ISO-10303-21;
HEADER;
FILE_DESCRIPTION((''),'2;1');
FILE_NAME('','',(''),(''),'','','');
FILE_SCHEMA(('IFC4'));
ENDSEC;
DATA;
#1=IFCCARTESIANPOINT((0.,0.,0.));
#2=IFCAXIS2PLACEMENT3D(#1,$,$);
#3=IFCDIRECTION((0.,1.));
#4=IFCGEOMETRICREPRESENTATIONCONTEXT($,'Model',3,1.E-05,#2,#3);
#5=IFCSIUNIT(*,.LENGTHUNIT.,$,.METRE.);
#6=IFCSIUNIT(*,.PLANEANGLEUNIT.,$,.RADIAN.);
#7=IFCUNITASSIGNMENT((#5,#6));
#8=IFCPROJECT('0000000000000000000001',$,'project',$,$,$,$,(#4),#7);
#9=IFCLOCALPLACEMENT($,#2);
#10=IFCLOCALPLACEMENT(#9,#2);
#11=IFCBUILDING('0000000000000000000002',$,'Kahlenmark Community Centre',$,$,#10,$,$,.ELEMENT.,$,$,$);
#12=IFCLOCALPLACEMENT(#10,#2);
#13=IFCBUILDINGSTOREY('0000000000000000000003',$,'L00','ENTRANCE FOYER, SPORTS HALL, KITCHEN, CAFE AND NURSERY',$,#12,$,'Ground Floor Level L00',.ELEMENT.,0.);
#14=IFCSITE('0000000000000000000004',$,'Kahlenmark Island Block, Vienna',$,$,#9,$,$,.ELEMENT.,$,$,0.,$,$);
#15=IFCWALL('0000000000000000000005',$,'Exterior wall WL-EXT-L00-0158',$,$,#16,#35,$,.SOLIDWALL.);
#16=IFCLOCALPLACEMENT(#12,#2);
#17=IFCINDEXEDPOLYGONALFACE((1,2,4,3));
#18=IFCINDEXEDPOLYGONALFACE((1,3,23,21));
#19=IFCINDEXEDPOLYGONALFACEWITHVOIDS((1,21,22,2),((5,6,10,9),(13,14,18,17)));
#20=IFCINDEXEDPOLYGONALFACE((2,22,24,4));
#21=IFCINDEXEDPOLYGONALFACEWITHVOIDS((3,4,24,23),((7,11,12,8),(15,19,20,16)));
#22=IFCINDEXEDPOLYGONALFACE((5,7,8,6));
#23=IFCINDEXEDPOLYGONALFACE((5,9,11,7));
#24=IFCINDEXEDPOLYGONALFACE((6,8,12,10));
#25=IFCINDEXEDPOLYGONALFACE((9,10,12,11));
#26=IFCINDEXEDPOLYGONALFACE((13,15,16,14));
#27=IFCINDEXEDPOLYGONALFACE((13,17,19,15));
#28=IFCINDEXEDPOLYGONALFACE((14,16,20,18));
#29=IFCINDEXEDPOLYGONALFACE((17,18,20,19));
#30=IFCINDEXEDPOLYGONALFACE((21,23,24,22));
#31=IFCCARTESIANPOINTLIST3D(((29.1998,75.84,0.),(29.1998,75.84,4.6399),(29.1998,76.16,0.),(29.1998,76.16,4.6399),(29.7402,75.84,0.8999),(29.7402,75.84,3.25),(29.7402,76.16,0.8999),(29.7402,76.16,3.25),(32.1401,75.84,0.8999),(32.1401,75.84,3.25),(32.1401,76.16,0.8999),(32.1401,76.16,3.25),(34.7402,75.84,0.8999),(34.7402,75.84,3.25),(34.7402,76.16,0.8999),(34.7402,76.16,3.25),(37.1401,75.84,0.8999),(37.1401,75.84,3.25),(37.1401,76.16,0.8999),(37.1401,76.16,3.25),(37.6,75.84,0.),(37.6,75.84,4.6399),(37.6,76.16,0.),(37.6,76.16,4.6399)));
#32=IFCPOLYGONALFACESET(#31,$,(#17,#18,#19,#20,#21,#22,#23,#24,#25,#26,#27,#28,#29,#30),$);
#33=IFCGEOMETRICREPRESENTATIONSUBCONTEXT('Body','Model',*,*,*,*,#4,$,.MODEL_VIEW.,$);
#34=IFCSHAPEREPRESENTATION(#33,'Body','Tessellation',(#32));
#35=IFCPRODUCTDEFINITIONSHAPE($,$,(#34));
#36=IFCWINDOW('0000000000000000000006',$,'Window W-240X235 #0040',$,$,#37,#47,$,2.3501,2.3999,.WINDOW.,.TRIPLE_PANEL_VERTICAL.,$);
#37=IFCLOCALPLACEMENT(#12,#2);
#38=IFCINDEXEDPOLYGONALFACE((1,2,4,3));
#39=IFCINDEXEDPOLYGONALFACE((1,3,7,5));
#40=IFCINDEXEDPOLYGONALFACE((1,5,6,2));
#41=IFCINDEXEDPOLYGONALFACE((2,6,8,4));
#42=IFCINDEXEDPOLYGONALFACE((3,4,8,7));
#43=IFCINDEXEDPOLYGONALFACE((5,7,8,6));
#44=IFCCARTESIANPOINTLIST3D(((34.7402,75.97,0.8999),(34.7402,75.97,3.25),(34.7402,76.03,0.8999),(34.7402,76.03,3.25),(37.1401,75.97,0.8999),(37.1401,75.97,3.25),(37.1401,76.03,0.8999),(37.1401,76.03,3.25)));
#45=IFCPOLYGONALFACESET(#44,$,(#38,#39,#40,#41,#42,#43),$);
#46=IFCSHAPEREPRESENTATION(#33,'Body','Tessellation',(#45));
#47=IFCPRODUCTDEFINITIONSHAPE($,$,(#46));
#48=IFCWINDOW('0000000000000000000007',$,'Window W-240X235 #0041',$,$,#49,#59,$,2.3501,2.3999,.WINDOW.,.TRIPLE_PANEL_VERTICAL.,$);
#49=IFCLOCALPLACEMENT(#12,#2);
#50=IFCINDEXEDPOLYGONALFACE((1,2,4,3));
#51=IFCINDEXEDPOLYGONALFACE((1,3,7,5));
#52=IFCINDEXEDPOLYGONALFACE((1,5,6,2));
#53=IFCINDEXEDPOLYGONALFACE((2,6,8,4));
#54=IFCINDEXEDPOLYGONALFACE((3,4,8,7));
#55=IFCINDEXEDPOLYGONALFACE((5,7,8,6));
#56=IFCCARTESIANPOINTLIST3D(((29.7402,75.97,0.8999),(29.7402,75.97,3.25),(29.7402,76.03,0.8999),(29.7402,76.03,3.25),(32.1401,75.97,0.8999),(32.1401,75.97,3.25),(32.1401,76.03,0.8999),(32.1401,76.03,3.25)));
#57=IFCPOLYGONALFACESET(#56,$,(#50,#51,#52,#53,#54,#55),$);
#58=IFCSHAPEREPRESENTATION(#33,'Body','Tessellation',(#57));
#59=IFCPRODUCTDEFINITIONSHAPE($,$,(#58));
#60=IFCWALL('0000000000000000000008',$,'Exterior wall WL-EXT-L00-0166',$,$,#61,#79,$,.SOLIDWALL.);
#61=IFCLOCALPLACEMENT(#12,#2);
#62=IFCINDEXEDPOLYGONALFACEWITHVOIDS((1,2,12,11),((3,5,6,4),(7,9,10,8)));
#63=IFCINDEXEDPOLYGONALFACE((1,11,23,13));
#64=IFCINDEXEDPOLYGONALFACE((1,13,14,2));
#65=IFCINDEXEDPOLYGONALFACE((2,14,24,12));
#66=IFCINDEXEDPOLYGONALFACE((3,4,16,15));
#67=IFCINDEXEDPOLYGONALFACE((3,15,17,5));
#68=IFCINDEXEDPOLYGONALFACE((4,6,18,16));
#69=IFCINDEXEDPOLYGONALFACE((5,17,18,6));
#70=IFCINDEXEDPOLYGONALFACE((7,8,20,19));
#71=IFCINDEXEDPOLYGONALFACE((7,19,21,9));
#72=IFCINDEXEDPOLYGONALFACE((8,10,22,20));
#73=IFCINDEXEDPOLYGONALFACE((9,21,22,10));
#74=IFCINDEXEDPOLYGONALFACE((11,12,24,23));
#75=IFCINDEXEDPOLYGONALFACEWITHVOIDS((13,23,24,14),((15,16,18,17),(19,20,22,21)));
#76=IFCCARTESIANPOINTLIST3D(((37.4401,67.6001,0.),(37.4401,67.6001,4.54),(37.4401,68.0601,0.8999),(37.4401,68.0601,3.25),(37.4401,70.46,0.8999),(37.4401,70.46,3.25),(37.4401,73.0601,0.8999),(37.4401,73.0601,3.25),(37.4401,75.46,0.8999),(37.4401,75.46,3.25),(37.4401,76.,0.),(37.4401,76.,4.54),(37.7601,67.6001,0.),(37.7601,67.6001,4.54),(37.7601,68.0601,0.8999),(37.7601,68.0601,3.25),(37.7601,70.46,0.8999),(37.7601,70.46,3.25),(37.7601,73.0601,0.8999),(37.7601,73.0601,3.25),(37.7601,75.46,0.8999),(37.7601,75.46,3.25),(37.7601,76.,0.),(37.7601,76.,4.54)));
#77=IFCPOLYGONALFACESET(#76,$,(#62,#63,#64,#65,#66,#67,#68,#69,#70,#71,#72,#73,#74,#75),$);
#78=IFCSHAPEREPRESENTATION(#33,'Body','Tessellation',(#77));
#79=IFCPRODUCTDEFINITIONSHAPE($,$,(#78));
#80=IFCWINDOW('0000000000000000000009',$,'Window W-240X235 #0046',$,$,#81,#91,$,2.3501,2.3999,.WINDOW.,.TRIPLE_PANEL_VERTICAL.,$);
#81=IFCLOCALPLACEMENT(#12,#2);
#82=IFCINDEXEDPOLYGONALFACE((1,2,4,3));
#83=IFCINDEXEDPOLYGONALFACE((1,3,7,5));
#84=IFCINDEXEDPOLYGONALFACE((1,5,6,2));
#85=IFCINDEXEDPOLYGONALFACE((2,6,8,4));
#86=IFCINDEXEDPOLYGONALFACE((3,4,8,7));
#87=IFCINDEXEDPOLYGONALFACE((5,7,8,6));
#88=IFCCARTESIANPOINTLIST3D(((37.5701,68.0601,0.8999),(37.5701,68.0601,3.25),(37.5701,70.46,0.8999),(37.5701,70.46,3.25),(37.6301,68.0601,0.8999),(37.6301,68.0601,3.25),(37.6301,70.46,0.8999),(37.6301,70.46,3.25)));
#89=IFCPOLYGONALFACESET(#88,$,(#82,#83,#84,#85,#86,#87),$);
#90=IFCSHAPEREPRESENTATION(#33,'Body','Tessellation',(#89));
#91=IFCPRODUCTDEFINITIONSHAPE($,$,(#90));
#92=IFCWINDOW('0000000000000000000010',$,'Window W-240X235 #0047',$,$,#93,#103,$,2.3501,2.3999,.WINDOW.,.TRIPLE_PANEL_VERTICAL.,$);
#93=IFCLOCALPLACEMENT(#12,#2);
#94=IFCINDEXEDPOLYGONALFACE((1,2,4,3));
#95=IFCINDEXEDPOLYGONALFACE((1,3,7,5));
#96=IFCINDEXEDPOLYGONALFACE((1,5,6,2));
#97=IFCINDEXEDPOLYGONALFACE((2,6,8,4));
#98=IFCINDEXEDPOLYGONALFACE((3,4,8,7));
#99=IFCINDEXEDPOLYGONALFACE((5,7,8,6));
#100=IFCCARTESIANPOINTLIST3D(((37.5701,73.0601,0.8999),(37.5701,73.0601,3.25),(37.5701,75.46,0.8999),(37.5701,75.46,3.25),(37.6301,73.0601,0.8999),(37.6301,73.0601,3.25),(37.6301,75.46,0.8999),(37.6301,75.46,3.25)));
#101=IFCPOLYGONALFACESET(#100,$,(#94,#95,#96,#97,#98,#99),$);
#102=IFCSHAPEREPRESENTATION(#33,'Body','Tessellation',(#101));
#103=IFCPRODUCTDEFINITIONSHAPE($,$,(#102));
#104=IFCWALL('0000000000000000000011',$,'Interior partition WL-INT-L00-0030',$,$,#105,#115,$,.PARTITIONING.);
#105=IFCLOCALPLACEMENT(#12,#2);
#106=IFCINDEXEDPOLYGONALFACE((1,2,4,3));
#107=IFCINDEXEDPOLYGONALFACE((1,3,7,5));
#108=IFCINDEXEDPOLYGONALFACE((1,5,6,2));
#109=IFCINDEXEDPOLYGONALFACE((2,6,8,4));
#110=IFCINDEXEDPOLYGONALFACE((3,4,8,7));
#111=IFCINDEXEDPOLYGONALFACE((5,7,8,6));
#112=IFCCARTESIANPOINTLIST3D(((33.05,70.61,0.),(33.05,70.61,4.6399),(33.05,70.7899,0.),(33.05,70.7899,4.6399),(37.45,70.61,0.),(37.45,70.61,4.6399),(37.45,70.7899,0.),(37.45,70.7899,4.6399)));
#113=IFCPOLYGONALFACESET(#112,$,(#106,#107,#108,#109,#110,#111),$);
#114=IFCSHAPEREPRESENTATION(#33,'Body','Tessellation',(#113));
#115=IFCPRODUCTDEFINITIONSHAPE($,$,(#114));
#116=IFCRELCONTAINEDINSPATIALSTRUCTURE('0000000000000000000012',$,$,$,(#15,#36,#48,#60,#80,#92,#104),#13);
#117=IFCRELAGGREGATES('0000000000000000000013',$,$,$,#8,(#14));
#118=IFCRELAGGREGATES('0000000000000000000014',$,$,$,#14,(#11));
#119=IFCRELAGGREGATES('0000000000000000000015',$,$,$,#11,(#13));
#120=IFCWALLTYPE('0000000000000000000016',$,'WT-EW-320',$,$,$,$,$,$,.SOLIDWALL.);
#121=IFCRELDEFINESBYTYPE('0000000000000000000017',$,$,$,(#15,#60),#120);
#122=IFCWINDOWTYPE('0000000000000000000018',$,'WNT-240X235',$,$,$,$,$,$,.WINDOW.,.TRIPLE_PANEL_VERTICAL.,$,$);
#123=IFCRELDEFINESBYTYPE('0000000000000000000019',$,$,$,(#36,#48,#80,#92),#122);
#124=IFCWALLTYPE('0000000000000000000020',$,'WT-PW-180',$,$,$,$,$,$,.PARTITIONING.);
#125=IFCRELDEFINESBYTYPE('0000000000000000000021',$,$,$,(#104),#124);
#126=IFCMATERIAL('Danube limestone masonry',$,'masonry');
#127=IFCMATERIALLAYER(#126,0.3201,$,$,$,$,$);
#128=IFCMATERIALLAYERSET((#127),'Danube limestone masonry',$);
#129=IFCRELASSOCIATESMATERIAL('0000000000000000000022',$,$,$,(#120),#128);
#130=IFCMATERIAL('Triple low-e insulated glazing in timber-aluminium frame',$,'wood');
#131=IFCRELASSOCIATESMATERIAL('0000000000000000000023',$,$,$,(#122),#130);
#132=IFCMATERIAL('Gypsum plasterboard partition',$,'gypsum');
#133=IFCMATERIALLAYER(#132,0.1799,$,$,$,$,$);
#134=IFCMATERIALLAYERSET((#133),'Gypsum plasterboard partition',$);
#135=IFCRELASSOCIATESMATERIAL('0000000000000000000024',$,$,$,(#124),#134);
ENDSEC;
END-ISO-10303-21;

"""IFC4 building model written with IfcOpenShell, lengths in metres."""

from ifc_helpers import new_model, si_unit, direction, frame, frame_2d, origin, place, context, subcontext, project, spatial, rectangle, extrude, material, layer, layer_set, type_object, element, fill, save


model = new_model("IFC4")

# Units and contexts
model_context = context("Model", 3, precision=1e-05, world=origin(), true_north=direction((0.0, 1.0)))
body_context = subcontext(model_context, "Body", "Model", "MODEL_VIEW")
ifc_project = project(units=[si_unit("LENGTHUNIT", "METRE"), si_unit("PLANEANGLEUNIT", "RADIAN")], contexts=[model_context])

# Site, building, storey
site_placement = place(None, origin())
site = spatial("IfcSite", under=ifc_project, at=site_placement, Name="Kahlenmark Island Block, Vienna", CompositionType="ELEMENT", RefElevation=0.0)
building_placement = place(site_placement, origin())
building = spatial("IfcBuilding", under=site, at=building_placement, Name="Kahlenmark Community Centre", CompositionType="ELEMENT")
storey_placement = place(building_placement, origin())
storey = spatial("IfcBuildingStorey", under=building, at=storey_placement, Name="L00", Description="ENTRANCE FOYER, SPORTS HALL, KITCHEN, CAFE AND NURSERY", LongName="Ground Floor Level L00", CompositionType="ELEMENT", Elevation=0.0)

# Walls, openings, windows
ifc_material_1 = material(Name="Danube limestone masonry", Category="masonry")
ifc_layer_1 = layer(ifc_material_1, 0.3201)
ifc_layer_set_1 = layer_set([ifc_layer_1], Name="Danube limestone masonry")
wall_type_1 = type_object("IfcWallType", Name="WT-EW-320", PredefinedType="SOLIDWALL", material=ifc_layer_set_1)
ifc_material_2 = material(Name="Triple low-e insulated glazing in timber-aluminium frame", Category="wood")
window_type = type_object("IfcWindowType", Name="WNT-240X235", PartitioningType="TRIPLE_PANEL_VERTICAL", PredefinedType="WINDOW", material=ifc_material_2)
wall_1_placement = place(storey_placement, frame((37.6001, 76.0, 0.0), z_axis=(0.0, 0.0, 1.0), x_axis=(-1.0, 0.0, 0.0)))
wall_1 = element("IfcWall", 1, at=wall_1_placement, inside=storey, type_object=wall_type_1, Name="Exterior wall WL-EXT-L00-0158", PredefinedType="SOLIDWALL", context=body_context, shape_type="SweptSolid", body=[
    extrude(rectangle(XDim=8.4001, YDim=0.3201, at=frame_2d((4.2002, 0.0))), origin(), (0.0, 0.0, 1.0), 4.6399),
])
opening_1_placement = place(wall_1_placement, frame((0.46, 0.0, 0.8999)))
opening_1 = element("IfcOpeningElement", 2, at=opening_1_placement, cuts=wall_1, PredefinedType="OPENING", context=body_context, shape_type="SweptSolid", body=[
    extrude(rectangle(XDim=2.3999, YDim=2.3501, at=frame_2d((1.2, 1.175))), frame((0.0, 0.1699, 0.0), z_axis=(0.0, -1.0, 0.0), x_axis=(1.0, 0.0, 0.0)), (0.0, 0.0, 1.0), 0.3401),
])
opening_2_placement = place(wall_1_placement, frame((5.46, 0.0, 0.8999)))
opening_2 = element("IfcOpeningElement", 3, at=opening_2_placement, cuts=wall_1, PredefinedType="OPENING", context=body_context, shape_type="SweptSolid", body=[
    extrude(rectangle(XDim=2.3999, YDim=2.3501, at=frame_2d((1.2, 1.175))), frame((0.0, 0.1699, 0.0), z_axis=(0.0, -1.0, 0.0), x_axis=(1.0, 0.0, 0.0)), (0.0, 0.0, 1.0), 0.3401),
])
window_1_placement = place(opening_1_placement, origin())
window_1 = element("IfcWindow", 4, at=window_1_placement, inside=storey, type_object=window_type, Name="Window W-240X235 #0040", OverallHeight=2.3501, OverallWidth=2.3999, PartitioningType="TRIPLE_PANEL_VERTICAL", PredefinedType="WINDOW", context=body_context, shape_type="SweptSolid", body=[
    extrude(rectangle(XDim=2.3999, YDim=2.3501, at=frame_2d((1.2, 1.175))), frame((0.0, 0.03, 0.0), z_axis=(0.0, -1.0, 0.0), x_axis=(1.0, 0.0, 0.0)), (0.0, 0.0, 1.0), 0.0601),
])
fill(opening_1, window_1)
window_2_placement = place(opening_2_placement, origin())
window_2 = element("IfcWindow", 5, at=window_2_placement, inside=storey, type_object=window_type, Name="Window W-240X235 #0041", OverallHeight=2.3501, OverallWidth=2.3999, PartitioningType="TRIPLE_PANEL_VERTICAL", PredefinedType="WINDOW", context=body_context, shape_type="SweptSolid", body=[
    extrude(rectangle(XDim=2.3999, YDim=2.3501, at=frame_2d((1.2, 1.175))), frame((0.0, 0.03, 0.0), z_axis=(0.0, -1.0, 0.0), x_axis=(1.0, 0.0, 0.0)), (0.0, 0.0, 1.0), 0.0601),
])
fill(opening_2, window_2)
wall_2_placement = place(storey_placement, frame((37.6001, 67.6001, 0.0), z_axis=(0.0, 0.0, 1.0), x_axis=(0.0, 1.0, 0.0)))
wall_2 = element("IfcWall", 6, at=wall_2_placement, inside=storey, type_object=wall_type_1, Name="Exterior wall WL-EXT-L00-0166", PredefinedType="SOLIDWALL", context=body_context, shape_type="SweptSolid", body=[
    extrude(rectangle(XDim=8.3999, YDim=0.3201, at=frame_2d((4.2, 0.0))), origin(), (0.0, 0.0, 1.0), 4.54),
])
opening_3_placement = place(wall_2_placement, frame((0.46, 0.0, 0.8999)))
opening_3 = element("IfcOpeningElement", 7, at=opening_3_placement, cuts=wall_2, PredefinedType="OPENING", context=body_context, shape_type="SweptSolid", body=[
    extrude(rectangle(XDim=2.3999, YDim=2.3501, at=frame_2d((1.2, 1.175))), frame((0.0, 0.1699, 0.0), z_axis=(0.0, -1.0, 0.0), x_axis=(1.0, 0.0, 0.0)), (0.0, 0.0, 1.0), 0.3401),
])
opening_4_placement = place(wall_2_placement, frame((5.46, 0.0, 0.8999)))
opening_4 = element("IfcOpeningElement", 8, at=opening_4_placement, cuts=wall_2, PredefinedType="OPENING", context=body_context, shape_type="SweptSolid", body=[
    extrude(rectangle(XDim=2.3999, YDim=2.3501, at=frame_2d((1.2, 1.175))), frame((0.0, 0.1699, 0.0), z_axis=(0.0, -1.0, 0.0), x_axis=(1.0, 0.0, 0.0)), (0.0, 0.0, 1.0), 0.3401),
])
window_3_placement = place(opening_3_placement, origin())
window_3 = element("IfcWindow", 9, at=window_3_placement, inside=storey, type_object=window_type, Name="Window W-240X235 #0046", OverallHeight=2.3501, OverallWidth=2.3999, PartitioningType="TRIPLE_PANEL_VERTICAL", PredefinedType="WINDOW", context=body_context, shape_type="SweptSolid", body=[
    extrude(rectangle(XDim=2.3999, YDim=2.3501, at=frame_2d((1.2, 1.175))), frame((0.0, 0.03, 0.0), z_axis=(0.0, -1.0, 0.0), x_axis=(1.0, 0.0, 0.0)), (0.0, 0.0, 1.0), 0.0601),
])
fill(opening_3, window_3)
window_4_placement = place(opening_4_placement, origin())
window_4 = element("IfcWindow", 10, at=window_4_placement, inside=storey, type_object=window_type, Name="Window W-240X235 #0047", OverallHeight=2.3501, OverallWidth=2.3999, PartitioningType="TRIPLE_PANEL_VERTICAL", PredefinedType="WINDOW", context=body_context, shape_type="SweptSolid", body=[
    extrude(rectangle(XDim=2.3999, YDim=2.3501, at=frame_2d((1.2, 1.175))), frame((0.0, 0.03, 0.0), z_axis=(0.0, -1.0, 0.0), x_axis=(1.0, 0.0, 0.0)), (0.0, 0.0, 1.0), 0.0601),
])
fill(opening_4, window_4)

# Shared definitions
ifc_material_3 = material(Name="Gypsum plasterboard partition", Category="gypsum")
ifc_layer_2 = layer(ifc_material_3, 0.1799)
ifc_layer_set_2 = layer_set([ifc_layer_2], Name="Gypsum plasterboard partition")
wall_type_2 = type_object("IfcWallType", Name="WT-PW-180", PredefinedType="PARTITIONING", material=ifc_layer_set_2)

# Wall
wall_3_placement = place(storey_placement, frame((33.05, 70.7, 0.0), z_axis=(0.0, 0.0, 1.0), x_axis=(1.0, 0.0, 0.0)))
element("IfcWall", 11, at=wall_3_placement, inside=storey, type_object=wall_type_2, Name="Interior partition WL-INT-L00-0030", PredefinedType="PARTITIONING", context=body_context, shape_type="SweptSolid", body=[
    extrude(rectangle(XDim=4.3999, YDim=0.1799, at=frame_2d((2.2, 0.0))), origin(), (0.0, 0.0, 1.0), 4.6399),
])

save(model, "model.ifc")
